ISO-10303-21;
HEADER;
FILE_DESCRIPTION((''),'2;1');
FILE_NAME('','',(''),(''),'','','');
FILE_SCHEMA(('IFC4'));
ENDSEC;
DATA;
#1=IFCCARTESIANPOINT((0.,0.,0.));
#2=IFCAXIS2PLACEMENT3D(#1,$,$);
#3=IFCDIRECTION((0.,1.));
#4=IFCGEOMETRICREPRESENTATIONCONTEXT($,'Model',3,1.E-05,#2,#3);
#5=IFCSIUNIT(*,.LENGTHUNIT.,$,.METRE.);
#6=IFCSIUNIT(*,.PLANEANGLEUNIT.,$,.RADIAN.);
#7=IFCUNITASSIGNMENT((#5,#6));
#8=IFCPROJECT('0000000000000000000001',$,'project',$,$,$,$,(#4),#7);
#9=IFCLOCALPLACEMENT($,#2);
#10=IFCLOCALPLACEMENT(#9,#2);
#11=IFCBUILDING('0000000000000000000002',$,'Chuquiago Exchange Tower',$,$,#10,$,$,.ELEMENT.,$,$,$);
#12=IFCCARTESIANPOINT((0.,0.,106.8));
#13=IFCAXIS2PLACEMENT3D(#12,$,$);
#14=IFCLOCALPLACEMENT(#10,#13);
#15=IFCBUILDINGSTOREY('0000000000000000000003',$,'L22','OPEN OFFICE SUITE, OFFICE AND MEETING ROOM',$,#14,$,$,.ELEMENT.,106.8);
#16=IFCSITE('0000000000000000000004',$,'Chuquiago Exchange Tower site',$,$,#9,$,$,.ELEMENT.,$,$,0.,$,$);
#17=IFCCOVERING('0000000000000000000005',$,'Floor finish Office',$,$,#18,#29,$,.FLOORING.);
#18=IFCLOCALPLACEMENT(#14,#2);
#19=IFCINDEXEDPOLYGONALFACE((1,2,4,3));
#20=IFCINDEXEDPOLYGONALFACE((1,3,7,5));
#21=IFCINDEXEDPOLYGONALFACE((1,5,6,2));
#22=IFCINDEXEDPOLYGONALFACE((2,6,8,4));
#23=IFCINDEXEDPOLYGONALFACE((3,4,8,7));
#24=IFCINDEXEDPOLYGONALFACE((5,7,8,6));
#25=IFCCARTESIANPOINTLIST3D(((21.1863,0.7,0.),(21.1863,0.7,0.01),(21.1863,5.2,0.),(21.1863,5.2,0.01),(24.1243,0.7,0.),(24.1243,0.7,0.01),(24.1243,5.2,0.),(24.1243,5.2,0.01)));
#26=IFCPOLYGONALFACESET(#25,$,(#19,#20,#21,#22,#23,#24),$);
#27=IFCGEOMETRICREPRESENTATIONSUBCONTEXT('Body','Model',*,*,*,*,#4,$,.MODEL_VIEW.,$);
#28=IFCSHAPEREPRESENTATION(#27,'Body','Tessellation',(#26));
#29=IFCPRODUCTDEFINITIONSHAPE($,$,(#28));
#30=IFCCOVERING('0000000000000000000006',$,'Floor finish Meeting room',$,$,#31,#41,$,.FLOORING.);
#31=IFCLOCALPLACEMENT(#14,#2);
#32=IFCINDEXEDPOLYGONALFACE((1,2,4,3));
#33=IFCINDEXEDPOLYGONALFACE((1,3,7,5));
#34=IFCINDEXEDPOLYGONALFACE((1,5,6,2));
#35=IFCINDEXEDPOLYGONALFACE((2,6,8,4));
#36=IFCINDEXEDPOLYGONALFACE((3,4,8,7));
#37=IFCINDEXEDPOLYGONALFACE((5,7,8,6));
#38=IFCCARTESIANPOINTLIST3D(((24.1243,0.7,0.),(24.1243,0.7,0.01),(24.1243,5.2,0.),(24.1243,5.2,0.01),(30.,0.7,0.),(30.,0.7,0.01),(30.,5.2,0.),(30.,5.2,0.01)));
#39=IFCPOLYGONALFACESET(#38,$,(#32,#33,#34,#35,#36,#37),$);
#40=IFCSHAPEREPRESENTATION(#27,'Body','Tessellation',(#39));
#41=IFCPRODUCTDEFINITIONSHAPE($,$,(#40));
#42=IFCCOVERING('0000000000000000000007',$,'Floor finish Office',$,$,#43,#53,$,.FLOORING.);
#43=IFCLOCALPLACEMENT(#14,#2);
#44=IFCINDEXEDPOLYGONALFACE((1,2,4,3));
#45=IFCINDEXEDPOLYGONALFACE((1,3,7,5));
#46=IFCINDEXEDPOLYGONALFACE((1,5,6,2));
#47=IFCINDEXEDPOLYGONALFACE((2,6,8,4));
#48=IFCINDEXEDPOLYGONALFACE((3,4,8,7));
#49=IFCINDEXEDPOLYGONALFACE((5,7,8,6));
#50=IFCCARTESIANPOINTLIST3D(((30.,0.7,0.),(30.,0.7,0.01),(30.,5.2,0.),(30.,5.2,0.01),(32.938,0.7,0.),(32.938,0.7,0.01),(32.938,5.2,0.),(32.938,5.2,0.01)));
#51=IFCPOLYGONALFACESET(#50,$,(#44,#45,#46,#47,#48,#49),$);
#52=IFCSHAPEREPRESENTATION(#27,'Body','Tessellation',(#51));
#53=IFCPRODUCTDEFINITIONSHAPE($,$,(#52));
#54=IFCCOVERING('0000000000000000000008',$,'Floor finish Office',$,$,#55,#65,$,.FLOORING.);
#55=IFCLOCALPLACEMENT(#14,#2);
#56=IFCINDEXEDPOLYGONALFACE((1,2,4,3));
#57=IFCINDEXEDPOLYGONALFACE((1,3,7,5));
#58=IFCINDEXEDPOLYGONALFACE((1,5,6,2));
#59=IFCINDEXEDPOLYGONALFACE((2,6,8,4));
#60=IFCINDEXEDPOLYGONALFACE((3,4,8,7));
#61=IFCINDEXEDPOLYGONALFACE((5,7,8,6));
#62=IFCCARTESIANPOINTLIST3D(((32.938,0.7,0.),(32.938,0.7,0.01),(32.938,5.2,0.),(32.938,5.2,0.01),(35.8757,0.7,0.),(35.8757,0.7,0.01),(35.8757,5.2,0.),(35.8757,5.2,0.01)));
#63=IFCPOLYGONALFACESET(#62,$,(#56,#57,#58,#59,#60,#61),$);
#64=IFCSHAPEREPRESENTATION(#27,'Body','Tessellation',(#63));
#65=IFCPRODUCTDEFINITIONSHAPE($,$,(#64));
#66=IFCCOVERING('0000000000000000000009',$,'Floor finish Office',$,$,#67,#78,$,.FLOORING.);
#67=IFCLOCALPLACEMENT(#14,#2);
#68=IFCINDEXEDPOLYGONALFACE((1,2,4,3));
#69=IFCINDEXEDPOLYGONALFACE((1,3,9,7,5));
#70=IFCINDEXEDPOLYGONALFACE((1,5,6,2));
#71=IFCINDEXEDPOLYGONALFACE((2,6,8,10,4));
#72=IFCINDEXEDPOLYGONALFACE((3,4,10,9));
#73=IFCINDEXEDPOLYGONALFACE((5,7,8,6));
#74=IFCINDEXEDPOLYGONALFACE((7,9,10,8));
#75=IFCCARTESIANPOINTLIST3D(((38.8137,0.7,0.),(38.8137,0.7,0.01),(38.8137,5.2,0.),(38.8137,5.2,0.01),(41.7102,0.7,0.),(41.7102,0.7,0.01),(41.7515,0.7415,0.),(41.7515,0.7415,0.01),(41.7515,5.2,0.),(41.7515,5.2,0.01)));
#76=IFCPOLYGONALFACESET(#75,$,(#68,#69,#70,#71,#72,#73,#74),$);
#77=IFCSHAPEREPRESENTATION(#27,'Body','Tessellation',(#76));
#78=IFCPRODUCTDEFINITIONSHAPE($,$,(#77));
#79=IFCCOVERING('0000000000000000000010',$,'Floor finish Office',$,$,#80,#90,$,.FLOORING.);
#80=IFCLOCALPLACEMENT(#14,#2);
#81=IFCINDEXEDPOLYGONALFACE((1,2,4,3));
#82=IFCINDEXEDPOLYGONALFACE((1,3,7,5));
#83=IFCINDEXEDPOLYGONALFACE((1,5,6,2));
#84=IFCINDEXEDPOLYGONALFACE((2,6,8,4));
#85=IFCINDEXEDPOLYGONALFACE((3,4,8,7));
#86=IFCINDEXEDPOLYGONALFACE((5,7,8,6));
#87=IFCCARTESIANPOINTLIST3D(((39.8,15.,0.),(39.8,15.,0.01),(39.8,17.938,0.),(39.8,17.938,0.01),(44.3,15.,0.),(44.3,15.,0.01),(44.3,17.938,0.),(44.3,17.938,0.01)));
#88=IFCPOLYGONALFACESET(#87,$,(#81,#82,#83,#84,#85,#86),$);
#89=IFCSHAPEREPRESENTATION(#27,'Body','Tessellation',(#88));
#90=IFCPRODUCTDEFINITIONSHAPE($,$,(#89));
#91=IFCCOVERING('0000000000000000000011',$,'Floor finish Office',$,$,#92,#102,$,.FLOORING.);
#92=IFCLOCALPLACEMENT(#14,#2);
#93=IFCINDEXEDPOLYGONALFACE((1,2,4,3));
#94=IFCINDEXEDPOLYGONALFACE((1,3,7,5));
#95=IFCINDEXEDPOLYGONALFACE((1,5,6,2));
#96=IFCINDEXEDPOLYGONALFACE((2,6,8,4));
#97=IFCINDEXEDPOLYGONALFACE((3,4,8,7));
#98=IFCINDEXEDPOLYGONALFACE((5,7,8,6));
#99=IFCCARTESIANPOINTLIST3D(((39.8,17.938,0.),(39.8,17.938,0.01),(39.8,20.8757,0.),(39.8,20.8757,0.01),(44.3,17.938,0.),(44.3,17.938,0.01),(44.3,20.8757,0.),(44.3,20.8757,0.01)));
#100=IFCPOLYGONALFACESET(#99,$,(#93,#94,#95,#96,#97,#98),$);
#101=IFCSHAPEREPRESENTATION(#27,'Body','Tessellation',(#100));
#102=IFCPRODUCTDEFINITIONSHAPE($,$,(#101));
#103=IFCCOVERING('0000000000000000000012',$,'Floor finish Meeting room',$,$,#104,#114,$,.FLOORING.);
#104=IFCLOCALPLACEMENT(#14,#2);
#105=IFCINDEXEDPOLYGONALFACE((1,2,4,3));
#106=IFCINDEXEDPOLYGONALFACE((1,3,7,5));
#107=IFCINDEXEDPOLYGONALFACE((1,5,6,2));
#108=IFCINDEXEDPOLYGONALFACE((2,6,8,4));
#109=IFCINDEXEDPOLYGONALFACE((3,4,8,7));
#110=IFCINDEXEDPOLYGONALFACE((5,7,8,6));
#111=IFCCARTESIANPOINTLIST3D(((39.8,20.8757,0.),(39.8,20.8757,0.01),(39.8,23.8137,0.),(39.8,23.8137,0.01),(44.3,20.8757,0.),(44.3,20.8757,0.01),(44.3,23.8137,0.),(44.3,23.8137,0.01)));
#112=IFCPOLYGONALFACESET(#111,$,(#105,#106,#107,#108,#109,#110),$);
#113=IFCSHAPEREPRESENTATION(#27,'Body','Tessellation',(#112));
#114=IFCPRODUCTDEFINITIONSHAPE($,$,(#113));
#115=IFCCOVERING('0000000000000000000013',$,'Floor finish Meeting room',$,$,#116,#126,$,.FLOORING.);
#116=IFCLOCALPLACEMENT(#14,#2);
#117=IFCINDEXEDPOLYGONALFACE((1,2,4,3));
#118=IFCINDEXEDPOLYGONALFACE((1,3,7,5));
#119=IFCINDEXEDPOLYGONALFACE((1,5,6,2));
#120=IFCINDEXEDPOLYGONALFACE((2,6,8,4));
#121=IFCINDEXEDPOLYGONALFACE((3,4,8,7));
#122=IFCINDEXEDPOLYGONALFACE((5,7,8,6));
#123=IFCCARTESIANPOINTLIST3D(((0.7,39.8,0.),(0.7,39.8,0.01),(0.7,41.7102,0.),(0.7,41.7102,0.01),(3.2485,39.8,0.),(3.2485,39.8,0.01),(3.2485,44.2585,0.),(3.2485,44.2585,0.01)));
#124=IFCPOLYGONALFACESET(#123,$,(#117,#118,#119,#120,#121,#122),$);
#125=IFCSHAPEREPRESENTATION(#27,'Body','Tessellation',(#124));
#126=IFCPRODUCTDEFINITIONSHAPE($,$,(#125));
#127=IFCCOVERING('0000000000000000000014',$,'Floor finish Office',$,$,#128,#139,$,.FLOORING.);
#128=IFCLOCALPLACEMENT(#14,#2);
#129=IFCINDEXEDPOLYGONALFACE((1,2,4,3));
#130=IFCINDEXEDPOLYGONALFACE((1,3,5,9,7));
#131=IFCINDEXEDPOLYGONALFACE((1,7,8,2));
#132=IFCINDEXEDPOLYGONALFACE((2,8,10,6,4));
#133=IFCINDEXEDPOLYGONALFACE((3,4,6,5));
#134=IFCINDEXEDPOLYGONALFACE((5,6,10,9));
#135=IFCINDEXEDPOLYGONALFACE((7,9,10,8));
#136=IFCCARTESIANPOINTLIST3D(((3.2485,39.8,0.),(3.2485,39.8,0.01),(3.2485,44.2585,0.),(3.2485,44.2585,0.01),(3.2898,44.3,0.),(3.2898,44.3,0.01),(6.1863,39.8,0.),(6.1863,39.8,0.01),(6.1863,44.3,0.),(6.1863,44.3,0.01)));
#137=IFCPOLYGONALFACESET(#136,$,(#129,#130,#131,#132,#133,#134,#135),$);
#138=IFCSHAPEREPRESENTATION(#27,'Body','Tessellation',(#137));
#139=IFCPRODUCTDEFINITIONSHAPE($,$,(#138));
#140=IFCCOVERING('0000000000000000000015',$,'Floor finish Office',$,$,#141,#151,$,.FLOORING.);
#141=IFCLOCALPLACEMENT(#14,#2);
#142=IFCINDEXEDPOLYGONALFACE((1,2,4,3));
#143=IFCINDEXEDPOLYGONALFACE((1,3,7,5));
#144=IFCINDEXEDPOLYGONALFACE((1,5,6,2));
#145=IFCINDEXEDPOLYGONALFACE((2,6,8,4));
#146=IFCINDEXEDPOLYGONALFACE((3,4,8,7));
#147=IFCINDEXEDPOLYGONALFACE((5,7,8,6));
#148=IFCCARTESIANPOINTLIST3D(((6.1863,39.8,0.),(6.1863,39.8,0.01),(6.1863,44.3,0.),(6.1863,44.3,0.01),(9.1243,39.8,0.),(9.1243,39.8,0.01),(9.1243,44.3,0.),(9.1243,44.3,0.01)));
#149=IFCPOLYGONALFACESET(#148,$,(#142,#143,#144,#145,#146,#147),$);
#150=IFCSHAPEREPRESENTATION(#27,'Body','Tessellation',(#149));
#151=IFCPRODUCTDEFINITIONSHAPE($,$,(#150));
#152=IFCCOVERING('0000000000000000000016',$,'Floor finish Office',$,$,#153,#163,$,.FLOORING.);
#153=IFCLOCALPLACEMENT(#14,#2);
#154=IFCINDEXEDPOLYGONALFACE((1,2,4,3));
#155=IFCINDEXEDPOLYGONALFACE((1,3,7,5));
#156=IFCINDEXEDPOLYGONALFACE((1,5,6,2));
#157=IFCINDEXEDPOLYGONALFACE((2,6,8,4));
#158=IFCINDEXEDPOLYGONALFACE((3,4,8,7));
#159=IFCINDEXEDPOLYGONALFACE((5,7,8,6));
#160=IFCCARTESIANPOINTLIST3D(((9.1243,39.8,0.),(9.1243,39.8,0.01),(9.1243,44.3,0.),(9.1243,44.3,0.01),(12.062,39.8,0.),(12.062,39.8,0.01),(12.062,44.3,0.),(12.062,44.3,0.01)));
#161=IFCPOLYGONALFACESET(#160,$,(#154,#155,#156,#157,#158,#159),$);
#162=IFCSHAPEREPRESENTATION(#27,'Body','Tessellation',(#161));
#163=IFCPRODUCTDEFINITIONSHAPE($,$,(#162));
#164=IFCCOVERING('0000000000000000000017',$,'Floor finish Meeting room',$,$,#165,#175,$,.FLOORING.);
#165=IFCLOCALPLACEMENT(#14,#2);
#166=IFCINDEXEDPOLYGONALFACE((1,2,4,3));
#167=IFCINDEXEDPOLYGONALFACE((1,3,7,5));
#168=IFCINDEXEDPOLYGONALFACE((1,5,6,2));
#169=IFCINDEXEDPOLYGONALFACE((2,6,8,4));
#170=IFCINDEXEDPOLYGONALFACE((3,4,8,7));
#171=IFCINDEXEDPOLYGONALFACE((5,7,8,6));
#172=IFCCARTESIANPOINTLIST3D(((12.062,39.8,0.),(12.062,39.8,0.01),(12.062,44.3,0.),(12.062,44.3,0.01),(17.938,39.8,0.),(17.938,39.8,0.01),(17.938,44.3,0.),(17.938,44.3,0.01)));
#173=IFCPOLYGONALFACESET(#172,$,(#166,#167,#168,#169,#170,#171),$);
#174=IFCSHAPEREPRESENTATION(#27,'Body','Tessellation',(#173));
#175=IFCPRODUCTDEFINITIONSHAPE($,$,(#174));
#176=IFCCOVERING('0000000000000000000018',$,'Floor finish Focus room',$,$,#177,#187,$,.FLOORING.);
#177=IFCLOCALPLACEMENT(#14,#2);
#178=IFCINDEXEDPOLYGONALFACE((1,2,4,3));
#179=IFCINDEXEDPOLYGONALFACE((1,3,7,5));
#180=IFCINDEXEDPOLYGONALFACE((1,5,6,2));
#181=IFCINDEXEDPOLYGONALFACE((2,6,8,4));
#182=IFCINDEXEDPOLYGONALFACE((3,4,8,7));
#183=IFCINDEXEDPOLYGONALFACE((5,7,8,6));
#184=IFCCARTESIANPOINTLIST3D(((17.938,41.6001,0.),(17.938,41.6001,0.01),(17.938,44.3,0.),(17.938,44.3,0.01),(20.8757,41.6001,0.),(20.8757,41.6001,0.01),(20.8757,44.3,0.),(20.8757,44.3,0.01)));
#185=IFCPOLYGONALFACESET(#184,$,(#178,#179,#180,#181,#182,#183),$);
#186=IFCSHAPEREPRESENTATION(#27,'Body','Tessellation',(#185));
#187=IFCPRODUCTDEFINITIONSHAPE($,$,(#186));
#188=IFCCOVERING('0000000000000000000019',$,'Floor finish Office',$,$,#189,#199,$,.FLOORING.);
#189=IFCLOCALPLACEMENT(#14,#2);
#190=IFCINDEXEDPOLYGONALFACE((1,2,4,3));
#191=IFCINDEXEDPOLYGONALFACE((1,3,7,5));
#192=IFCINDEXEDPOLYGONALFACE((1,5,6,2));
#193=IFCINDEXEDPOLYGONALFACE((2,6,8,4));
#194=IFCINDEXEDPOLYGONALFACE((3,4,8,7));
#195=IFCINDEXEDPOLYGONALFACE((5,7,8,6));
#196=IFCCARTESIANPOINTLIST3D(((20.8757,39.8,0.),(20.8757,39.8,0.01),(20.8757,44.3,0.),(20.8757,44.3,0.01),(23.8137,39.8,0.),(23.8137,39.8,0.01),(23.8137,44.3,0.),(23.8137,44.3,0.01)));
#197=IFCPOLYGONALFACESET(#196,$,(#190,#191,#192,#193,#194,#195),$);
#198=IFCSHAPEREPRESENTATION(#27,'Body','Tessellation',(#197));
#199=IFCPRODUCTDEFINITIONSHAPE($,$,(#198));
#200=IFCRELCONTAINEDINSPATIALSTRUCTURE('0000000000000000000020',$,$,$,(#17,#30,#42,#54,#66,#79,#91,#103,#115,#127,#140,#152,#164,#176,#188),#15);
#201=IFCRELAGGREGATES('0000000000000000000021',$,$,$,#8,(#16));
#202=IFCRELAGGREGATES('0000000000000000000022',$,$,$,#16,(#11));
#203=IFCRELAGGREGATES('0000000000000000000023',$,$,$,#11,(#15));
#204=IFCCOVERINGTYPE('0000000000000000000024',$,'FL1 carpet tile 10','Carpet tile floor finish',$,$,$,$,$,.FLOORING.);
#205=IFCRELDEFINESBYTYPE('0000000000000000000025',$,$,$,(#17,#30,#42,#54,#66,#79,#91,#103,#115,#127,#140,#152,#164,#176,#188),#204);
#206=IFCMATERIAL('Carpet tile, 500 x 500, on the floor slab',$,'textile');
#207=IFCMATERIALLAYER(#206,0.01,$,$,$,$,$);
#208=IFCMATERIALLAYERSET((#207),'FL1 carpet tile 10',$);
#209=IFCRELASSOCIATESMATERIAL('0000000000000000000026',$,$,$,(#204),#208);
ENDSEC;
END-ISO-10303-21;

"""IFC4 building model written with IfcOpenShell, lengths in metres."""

from ifc_helpers import new_model, si_unit, direction, frame, origin, place, context, subcontext, project, spatial, polyline, outline, extrude, material, layer, layer_set, type_object, element, save


model = new_model("IFC4")

# Units and contexts
model_context = context("Model", 3, precision=1e-05, world=origin(), true_north=direction((0.0, 1.0)))
body_context = subcontext(model_context, "Body", "Model", "MODEL_VIEW")
ifc_project = project(units=[si_unit("LENGTHUNIT", "METRE"), si_unit("PLANEANGLEUNIT", "RADIAN")], contexts=[model_context])

# Site, building, storey
site_placement = place(None, origin())
site = spatial("IfcSite", under=ifc_project, at=site_placement, Name="Chuquiago Exchange Tower site", CompositionType="ELEMENT", RefElevation=0.0)
building_placement = place(site_placement, origin())
building = spatial("IfcBuilding", under=site, at=building_placement, Name="Chuquiago Exchange Tower", CompositionType="ELEMENT")
storey_placement = place(building_placement, frame((0.0, 0.0, 106.8)))
storey = spatial("IfcBuildingStorey", under=building, at=storey_placement, Name="L22", Description="OPEN OFFICE SUITE, OFFICE AND MEETING ROOM", CompositionType="ELEMENT", Elevation=106.8)

# Coverings
ifc_material_1 = material(Name="Carpet tile, 500 x 500, on the floor slab", Category="textile")
ifc_layer_1 = layer(ifc_material_1, 0.01)
ifc_layer_set_1 = layer_set([ifc_layer_1], Name="FL1 carpet tile 10")
covering_type_1 = type_object("IfcCoveringType", Name="FL1 carpet tile 10", Description="Carpet tile floor finish", PredefinedType="FLOORING", material=ifc_layer_set_1)
covering_1_placement = place(storey_placement, origin())
element("IfcCovering", 1, at=covering_1_placement, inside=storey, type_object=covering_type_1, Name="Floor finish Office", PredefinedType="FLOORING", context=body_context, shape_type="SweptSolid", body=[
    extrude(outline(polyline([(21.1863, 0.7), (21.1863, 5.2), (24.1243, 5.2), (24.1243, 0.7), (21.1863, 0.7)])), origin(), (0.0, 0.0, 1.0), 0.01),
])
covering_2_placement = place(storey_placement, origin())
element("IfcCovering", 2, at=covering_2_placement, inside=storey, type_object=covering_type_1, Name="Floor finish Meeting room", PredefinedType="FLOORING", context=body_context, shape_type="SweptSolid", body=[
    extrude(outline(polyline([(24.1243, 0.7), (24.1243, 5.2), (30.0, 5.2), (30.0, 0.7), (24.1243, 0.7)])), origin(), (0.0, 0.0, 1.0), 0.01),
])
covering_3_placement = place(storey_placement, origin())
element("IfcCovering", 3, at=covering_3_placement, inside=storey, type_object=covering_type_1, Name="Floor finish Office", PredefinedType="FLOORING", context=body_context, shape_type="SweptSolid", body=[
    extrude(outline(polyline([(30.0, 0.7), (30.0, 5.2), (32.938, 5.2), (32.938, 0.7), (30.0, 0.7)])), origin(), (0.0, 0.0, 1.0), 0.01),
])
covering_4_placement = place(storey_placement, origin())
element("IfcCovering", 4, at=covering_4_placement, inside=storey, type_object=covering_type_1, Name="Floor finish Office", PredefinedType="FLOORING", context=body_context, shape_type="SweptSolid", body=[
    extrude(outline(polyline([(32.938, 0.7), (32.938, 5.2), (35.8757, 5.2), (35.8757, 0.7), (32.938, 0.7)])), origin(), (0.0, 0.0, 1.0), 0.01),
])
covering_5_placement = place(storey_placement, origin())
element("IfcCovering", 5, at=covering_5_placement, inside=storey, type_object=covering_type_1, Name="Floor finish Office", PredefinedType="FLOORING", context=body_context, shape_type="SweptSolid", body=[
    extrude(outline(polyline([(41.7102, 0.7), (38.8137, 0.7), (38.8137, 5.2), (41.7515, 5.2), (41.7515, 0.7415), (41.7102, 0.7)])), origin(), (0.0, 0.0, 1.0), 0.01),
])
covering_6_placement = place(storey_placement, origin())
element("IfcCovering", 6, at=covering_6_placement, inside=storey, type_object=covering_type_1, Name="Floor finish Office", PredefinedType="FLOORING", context=body_context, shape_type="SweptSolid", body=[
    extrude(outline(polyline([(44.3, 15.0), (39.8, 15.0), (39.8, 17.938), (44.3, 17.938), (44.3, 15.0)])), origin(), (0.0, 0.0, 1.0), 0.01),
])
covering_7_placement = place(storey_placement, origin())
element("IfcCovering", 7, at=covering_7_placement, inside=storey, type_object=covering_type_1, Name="Floor finish Office", PredefinedType="FLOORING", context=body_context, shape_type="SweptSolid", body=[
    extrude(outline(polyline([(44.3, 17.938), (39.8, 17.938), (39.8, 20.8757), (44.3, 20.8757), (44.3, 17.938)])), origin(), (0.0, 0.0, 1.0), 0.01),
])
covering_8_placement = place(storey_placement, origin())
element("IfcCovering", 8, at=covering_8_placement, inside=storey, type_object=covering_type_1, Name="Floor finish Meeting room", PredefinedType="FLOORING", context=body_context, shape_type="SweptSolid", body=[
    extrude(outline(polyline([(44.3, 20.8757), (39.8, 20.8757), (39.8, 23.8137), (44.3, 23.8137), (44.3, 20.8757)])), origin(), (0.0, 0.0, 1.0), 0.01),
])
covering_9_placement = place(storey_placement, origin())
element("IfcCovering", 9, at=covering_9_placement, inside=storey, type_object=covering_type_1, Name="Floor finish Meeting room", PredefinedType="FLOORING", context=body_context, shape_type="SweptSolid", body=[
    extrude(outline(polyline([(0.7, 41.7102), (3.2485, 44.2585), (3.2485, 39.8), (0.7, 39.8), (0.7, 41.7102)])), origin(), (0.0, 0.0, 1.0), 0.01),
])
covering_10_placement = place(storey_placement, origin())
element("IfcCovering", 10, at=covering_10_placement, inside=storey, type_object=covering_type_1, Name="Floor finish Office", PredefinedType="FLOORING", context=body_context, shape_type="SweptSolid", body=[
    extrude(outline(polyline([(3.2898, 44.3), (6.1863, 44.3), (6.1863, 39.8), (3.2485, 39.8), (3.2485, 44.2585), (3.2898, 44.3)])), origin(), (0.0, 0.0, 1.0), 0.01),
])
covering_11_placement = place(storey_placement, origin())
element("IfcCovering", 11, at=covering_11_placement, inside=storey, type_object=covering_type_1, Name="Floor finish Office", PredefinedType="FLOORING", context=body_context, shape_type="SweptSolid", body=[
    extrude(outline(polyline([(9.1243, 44.3), (9.1243, 39.8), (6.1863, 39.8), (6.1863, 44.3), (9.1243, 44.3)])), origin(), (0.0, 0.0, 1.0), 0.01),
])
covering_12_placement = place(storey_placement, origin())
element("IfcCovering", 12, at=covering_12_placement, inside=storey, type_object=covering_type_1, Name="Floor finish Office", PredefinedType="FLOORING", context=body_context, shape_type="SweptSolid", body=[
    extrude(outline(polyline([(12.062, 44.3), (12.062, 39.8), (9.1243, 39.8), (9.1243, 44.3), (12.062, 44.3)])), origin(), (0.0, 0.0, 1.0), 0.01),
])
covering_13_placement = place(storey_placement, origin())
element("IfcCovering", 13, at=covering_13_placement, inside=storey, type_object=covering_type_1, Name="Floor finish Meeting room", PredefinedType="FLOORING", context=body_context, shape_type="SweptSolid", body=[
    extrude(outline(polyline([(17.938, 44.3), (17.938, 39.8), (12.062, 39.8), (12.062, 44.3), (17.938, 44.3)])), origin(), (0.0, 0.0, 1.0), 0.01),
])
covering_14_placement = place(storey_placement, origin())
element("IfcCovering", 14, at=covering_14_placement, inside=storey, type_object=covering_type_1, Name="Floor finish Focus room", PredefinedType="FLOORING", context=body_context, shape_type="SweptSolid", body=[
    extrude(outline(polyline([(20.8757, 44.3), (20.8757, 41.6001), (17.938, 41.6001), (17.938, 44.3), (20.8757, 44.3)])), origin(), (0.0, 0.0, 1.0), 0.01),
])
covering_15_placement = place(storey_placement, origin())
element("IfcCovering", 15, at=covering_15_placement, inside=storey, type_object=covering_type_1, Name="Floor finish Office", PredefinedType="FLOORING", context=body_context, shape_type="SweptSolid", body=[
    extrude(outline(polyline([(23.8137, 44.3), (23.8137, 39.8), (20.8757, 39.8), (20.8757, 44.3), (23.8137, 44.3)])), origin(), (0.0, 0.0, 1.0), 0.01),
])

save(model, "model.ifc")
